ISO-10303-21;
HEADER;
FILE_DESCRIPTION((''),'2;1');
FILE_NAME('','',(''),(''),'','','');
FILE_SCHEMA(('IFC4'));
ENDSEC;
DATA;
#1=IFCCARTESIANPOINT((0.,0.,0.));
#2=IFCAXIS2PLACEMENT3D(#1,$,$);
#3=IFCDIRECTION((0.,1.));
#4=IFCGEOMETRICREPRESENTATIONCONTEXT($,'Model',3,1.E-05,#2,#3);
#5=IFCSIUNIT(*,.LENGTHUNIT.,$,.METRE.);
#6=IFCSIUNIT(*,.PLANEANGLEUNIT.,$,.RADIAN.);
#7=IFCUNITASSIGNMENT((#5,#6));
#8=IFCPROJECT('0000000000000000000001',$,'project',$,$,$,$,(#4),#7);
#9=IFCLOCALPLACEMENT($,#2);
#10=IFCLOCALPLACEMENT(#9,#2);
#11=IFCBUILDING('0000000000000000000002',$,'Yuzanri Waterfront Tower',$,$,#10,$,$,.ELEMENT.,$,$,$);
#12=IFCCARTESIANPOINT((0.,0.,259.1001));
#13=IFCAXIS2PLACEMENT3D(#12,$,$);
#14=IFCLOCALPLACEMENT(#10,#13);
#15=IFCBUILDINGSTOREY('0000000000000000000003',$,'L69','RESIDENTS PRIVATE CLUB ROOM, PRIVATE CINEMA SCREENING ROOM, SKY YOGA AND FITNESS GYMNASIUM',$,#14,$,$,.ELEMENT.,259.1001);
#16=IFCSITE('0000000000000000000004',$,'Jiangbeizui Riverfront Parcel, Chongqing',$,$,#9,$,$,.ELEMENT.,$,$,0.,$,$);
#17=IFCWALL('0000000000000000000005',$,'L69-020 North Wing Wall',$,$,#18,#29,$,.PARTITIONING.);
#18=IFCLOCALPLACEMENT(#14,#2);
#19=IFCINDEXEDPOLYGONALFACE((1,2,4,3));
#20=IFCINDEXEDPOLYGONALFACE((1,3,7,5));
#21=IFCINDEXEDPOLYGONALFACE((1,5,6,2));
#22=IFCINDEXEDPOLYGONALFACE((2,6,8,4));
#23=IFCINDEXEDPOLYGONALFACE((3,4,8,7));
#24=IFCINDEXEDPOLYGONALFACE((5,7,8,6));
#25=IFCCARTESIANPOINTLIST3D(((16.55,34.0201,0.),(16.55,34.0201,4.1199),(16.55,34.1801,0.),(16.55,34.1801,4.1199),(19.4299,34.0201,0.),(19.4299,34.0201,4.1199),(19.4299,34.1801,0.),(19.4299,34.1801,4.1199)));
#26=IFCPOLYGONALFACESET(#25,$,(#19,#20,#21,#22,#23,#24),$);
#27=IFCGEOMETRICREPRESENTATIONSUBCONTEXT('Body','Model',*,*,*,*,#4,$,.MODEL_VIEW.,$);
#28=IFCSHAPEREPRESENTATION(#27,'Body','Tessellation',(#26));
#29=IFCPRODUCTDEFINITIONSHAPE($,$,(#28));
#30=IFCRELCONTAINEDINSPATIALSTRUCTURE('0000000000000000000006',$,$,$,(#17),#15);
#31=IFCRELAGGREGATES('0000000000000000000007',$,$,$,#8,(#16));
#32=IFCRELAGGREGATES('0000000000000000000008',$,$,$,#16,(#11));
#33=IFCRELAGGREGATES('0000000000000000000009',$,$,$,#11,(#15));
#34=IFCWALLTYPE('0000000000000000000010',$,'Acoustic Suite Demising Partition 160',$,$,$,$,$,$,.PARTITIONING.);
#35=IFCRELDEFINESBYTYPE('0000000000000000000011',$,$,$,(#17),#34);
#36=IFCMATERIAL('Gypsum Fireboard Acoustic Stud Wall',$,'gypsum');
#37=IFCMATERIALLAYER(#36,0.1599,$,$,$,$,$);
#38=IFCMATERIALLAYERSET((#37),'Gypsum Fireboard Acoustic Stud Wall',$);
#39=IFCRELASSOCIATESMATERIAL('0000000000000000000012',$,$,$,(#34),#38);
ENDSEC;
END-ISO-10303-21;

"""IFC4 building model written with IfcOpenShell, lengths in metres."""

from ifc_helpers import new_model, si_unit, direction, frame, frame_2d, origin, place, context, subcontext, project, spatial, rectangle, extrude, source, transform, mapped, material, layer, layer_set, type_object, element, save


model = new_model("IFC4")

# Units and contexts
model_context = context("Model", 3, precision=1e-05, world=origin(), true_north=direction((0.0, 1.0)))
body_context = subcontext(model_context, "Body", "Model", "MODEL_VIEW")
ifc_project = project(units=[si_unit("LENGTHUNIT", "METRE"), si_unit("PLANEANGLEUNIT", "RADIAN")], contexts=[model_context])

# Site, building, storey
site_placement = place(None, origin())
site = spatial("IfcSite", under=ifc_project, at=site_placement, Name="Jiangbeizui Riverfront Parcel, Chongqing", CompositionType="ELEMENT", RefElevation=0.0)
building_placement = place(site_placement, origin())
building = spatial("IfcBuilding", under=site, at=building_placement, Name="Yuzanri Waterfront Tower", CompositionType="ELEMENT")
storey_placement = place(building_placement, frame((0.0, 0.0, 259.1001)))
storey = spatial("IfcBuildingStorey", under=building, at=storey_placement, Name="L69", Description="RESIDENTS PRIVATE CLUB ROOM, PRIVATE CINEMA SCREENING ROOM, SKY YOGA AND FITNESS GYMNASIUM", CompositionType="ELEMENT", Elevation=259.1001)

# Wall
ifc_material_1 = material(Name="Gypsum Fireboard Acoustic Stud Wall", Category="gypsum")
ifc_layer_1 = layer(ifc_material_1, 0.1599)
ifc_layer_set_1 = layer_set([ifc_layer_1], Name="Gypsum Fireboard Acoustic Stud Wall")
wall_type_1 = type_object("IfcWallType", Name="Acoustic Suite Demising Partition 160", PredefinedType="PARTITIONING", material=ifc_layer_set_1)
shared_shape_1 = source(origin(), body_context, "Body", "SweptSolid", [
    extrude(rectangle(XDim=2.8799, YDim=0.1599, at=frame_2d((1.4399, 0.0))), origin(), (0.0, 0.0, 1.0), 4.1199),
])
wall_1_placement = place(storey_placement, frame((16.55, 34.1001, 0.0), z_axis=(0.0, 0.0, 1.0), x_axis=(1.0, 0.0, 0.0)))
element("IfcWall", 1, at=wall_1_placement, inside=storey, type_object=wall_type_1, Name="L69-020 North Wing Wall", PredefinedType="PARTITIONING", context=body_context, shape_type="MappedRepresentation", body=[
    mapped(shared_shape_1, transform((0.0, 0.0, 0.0), scale=1.0)),
])

save(model, "model.ifc")
